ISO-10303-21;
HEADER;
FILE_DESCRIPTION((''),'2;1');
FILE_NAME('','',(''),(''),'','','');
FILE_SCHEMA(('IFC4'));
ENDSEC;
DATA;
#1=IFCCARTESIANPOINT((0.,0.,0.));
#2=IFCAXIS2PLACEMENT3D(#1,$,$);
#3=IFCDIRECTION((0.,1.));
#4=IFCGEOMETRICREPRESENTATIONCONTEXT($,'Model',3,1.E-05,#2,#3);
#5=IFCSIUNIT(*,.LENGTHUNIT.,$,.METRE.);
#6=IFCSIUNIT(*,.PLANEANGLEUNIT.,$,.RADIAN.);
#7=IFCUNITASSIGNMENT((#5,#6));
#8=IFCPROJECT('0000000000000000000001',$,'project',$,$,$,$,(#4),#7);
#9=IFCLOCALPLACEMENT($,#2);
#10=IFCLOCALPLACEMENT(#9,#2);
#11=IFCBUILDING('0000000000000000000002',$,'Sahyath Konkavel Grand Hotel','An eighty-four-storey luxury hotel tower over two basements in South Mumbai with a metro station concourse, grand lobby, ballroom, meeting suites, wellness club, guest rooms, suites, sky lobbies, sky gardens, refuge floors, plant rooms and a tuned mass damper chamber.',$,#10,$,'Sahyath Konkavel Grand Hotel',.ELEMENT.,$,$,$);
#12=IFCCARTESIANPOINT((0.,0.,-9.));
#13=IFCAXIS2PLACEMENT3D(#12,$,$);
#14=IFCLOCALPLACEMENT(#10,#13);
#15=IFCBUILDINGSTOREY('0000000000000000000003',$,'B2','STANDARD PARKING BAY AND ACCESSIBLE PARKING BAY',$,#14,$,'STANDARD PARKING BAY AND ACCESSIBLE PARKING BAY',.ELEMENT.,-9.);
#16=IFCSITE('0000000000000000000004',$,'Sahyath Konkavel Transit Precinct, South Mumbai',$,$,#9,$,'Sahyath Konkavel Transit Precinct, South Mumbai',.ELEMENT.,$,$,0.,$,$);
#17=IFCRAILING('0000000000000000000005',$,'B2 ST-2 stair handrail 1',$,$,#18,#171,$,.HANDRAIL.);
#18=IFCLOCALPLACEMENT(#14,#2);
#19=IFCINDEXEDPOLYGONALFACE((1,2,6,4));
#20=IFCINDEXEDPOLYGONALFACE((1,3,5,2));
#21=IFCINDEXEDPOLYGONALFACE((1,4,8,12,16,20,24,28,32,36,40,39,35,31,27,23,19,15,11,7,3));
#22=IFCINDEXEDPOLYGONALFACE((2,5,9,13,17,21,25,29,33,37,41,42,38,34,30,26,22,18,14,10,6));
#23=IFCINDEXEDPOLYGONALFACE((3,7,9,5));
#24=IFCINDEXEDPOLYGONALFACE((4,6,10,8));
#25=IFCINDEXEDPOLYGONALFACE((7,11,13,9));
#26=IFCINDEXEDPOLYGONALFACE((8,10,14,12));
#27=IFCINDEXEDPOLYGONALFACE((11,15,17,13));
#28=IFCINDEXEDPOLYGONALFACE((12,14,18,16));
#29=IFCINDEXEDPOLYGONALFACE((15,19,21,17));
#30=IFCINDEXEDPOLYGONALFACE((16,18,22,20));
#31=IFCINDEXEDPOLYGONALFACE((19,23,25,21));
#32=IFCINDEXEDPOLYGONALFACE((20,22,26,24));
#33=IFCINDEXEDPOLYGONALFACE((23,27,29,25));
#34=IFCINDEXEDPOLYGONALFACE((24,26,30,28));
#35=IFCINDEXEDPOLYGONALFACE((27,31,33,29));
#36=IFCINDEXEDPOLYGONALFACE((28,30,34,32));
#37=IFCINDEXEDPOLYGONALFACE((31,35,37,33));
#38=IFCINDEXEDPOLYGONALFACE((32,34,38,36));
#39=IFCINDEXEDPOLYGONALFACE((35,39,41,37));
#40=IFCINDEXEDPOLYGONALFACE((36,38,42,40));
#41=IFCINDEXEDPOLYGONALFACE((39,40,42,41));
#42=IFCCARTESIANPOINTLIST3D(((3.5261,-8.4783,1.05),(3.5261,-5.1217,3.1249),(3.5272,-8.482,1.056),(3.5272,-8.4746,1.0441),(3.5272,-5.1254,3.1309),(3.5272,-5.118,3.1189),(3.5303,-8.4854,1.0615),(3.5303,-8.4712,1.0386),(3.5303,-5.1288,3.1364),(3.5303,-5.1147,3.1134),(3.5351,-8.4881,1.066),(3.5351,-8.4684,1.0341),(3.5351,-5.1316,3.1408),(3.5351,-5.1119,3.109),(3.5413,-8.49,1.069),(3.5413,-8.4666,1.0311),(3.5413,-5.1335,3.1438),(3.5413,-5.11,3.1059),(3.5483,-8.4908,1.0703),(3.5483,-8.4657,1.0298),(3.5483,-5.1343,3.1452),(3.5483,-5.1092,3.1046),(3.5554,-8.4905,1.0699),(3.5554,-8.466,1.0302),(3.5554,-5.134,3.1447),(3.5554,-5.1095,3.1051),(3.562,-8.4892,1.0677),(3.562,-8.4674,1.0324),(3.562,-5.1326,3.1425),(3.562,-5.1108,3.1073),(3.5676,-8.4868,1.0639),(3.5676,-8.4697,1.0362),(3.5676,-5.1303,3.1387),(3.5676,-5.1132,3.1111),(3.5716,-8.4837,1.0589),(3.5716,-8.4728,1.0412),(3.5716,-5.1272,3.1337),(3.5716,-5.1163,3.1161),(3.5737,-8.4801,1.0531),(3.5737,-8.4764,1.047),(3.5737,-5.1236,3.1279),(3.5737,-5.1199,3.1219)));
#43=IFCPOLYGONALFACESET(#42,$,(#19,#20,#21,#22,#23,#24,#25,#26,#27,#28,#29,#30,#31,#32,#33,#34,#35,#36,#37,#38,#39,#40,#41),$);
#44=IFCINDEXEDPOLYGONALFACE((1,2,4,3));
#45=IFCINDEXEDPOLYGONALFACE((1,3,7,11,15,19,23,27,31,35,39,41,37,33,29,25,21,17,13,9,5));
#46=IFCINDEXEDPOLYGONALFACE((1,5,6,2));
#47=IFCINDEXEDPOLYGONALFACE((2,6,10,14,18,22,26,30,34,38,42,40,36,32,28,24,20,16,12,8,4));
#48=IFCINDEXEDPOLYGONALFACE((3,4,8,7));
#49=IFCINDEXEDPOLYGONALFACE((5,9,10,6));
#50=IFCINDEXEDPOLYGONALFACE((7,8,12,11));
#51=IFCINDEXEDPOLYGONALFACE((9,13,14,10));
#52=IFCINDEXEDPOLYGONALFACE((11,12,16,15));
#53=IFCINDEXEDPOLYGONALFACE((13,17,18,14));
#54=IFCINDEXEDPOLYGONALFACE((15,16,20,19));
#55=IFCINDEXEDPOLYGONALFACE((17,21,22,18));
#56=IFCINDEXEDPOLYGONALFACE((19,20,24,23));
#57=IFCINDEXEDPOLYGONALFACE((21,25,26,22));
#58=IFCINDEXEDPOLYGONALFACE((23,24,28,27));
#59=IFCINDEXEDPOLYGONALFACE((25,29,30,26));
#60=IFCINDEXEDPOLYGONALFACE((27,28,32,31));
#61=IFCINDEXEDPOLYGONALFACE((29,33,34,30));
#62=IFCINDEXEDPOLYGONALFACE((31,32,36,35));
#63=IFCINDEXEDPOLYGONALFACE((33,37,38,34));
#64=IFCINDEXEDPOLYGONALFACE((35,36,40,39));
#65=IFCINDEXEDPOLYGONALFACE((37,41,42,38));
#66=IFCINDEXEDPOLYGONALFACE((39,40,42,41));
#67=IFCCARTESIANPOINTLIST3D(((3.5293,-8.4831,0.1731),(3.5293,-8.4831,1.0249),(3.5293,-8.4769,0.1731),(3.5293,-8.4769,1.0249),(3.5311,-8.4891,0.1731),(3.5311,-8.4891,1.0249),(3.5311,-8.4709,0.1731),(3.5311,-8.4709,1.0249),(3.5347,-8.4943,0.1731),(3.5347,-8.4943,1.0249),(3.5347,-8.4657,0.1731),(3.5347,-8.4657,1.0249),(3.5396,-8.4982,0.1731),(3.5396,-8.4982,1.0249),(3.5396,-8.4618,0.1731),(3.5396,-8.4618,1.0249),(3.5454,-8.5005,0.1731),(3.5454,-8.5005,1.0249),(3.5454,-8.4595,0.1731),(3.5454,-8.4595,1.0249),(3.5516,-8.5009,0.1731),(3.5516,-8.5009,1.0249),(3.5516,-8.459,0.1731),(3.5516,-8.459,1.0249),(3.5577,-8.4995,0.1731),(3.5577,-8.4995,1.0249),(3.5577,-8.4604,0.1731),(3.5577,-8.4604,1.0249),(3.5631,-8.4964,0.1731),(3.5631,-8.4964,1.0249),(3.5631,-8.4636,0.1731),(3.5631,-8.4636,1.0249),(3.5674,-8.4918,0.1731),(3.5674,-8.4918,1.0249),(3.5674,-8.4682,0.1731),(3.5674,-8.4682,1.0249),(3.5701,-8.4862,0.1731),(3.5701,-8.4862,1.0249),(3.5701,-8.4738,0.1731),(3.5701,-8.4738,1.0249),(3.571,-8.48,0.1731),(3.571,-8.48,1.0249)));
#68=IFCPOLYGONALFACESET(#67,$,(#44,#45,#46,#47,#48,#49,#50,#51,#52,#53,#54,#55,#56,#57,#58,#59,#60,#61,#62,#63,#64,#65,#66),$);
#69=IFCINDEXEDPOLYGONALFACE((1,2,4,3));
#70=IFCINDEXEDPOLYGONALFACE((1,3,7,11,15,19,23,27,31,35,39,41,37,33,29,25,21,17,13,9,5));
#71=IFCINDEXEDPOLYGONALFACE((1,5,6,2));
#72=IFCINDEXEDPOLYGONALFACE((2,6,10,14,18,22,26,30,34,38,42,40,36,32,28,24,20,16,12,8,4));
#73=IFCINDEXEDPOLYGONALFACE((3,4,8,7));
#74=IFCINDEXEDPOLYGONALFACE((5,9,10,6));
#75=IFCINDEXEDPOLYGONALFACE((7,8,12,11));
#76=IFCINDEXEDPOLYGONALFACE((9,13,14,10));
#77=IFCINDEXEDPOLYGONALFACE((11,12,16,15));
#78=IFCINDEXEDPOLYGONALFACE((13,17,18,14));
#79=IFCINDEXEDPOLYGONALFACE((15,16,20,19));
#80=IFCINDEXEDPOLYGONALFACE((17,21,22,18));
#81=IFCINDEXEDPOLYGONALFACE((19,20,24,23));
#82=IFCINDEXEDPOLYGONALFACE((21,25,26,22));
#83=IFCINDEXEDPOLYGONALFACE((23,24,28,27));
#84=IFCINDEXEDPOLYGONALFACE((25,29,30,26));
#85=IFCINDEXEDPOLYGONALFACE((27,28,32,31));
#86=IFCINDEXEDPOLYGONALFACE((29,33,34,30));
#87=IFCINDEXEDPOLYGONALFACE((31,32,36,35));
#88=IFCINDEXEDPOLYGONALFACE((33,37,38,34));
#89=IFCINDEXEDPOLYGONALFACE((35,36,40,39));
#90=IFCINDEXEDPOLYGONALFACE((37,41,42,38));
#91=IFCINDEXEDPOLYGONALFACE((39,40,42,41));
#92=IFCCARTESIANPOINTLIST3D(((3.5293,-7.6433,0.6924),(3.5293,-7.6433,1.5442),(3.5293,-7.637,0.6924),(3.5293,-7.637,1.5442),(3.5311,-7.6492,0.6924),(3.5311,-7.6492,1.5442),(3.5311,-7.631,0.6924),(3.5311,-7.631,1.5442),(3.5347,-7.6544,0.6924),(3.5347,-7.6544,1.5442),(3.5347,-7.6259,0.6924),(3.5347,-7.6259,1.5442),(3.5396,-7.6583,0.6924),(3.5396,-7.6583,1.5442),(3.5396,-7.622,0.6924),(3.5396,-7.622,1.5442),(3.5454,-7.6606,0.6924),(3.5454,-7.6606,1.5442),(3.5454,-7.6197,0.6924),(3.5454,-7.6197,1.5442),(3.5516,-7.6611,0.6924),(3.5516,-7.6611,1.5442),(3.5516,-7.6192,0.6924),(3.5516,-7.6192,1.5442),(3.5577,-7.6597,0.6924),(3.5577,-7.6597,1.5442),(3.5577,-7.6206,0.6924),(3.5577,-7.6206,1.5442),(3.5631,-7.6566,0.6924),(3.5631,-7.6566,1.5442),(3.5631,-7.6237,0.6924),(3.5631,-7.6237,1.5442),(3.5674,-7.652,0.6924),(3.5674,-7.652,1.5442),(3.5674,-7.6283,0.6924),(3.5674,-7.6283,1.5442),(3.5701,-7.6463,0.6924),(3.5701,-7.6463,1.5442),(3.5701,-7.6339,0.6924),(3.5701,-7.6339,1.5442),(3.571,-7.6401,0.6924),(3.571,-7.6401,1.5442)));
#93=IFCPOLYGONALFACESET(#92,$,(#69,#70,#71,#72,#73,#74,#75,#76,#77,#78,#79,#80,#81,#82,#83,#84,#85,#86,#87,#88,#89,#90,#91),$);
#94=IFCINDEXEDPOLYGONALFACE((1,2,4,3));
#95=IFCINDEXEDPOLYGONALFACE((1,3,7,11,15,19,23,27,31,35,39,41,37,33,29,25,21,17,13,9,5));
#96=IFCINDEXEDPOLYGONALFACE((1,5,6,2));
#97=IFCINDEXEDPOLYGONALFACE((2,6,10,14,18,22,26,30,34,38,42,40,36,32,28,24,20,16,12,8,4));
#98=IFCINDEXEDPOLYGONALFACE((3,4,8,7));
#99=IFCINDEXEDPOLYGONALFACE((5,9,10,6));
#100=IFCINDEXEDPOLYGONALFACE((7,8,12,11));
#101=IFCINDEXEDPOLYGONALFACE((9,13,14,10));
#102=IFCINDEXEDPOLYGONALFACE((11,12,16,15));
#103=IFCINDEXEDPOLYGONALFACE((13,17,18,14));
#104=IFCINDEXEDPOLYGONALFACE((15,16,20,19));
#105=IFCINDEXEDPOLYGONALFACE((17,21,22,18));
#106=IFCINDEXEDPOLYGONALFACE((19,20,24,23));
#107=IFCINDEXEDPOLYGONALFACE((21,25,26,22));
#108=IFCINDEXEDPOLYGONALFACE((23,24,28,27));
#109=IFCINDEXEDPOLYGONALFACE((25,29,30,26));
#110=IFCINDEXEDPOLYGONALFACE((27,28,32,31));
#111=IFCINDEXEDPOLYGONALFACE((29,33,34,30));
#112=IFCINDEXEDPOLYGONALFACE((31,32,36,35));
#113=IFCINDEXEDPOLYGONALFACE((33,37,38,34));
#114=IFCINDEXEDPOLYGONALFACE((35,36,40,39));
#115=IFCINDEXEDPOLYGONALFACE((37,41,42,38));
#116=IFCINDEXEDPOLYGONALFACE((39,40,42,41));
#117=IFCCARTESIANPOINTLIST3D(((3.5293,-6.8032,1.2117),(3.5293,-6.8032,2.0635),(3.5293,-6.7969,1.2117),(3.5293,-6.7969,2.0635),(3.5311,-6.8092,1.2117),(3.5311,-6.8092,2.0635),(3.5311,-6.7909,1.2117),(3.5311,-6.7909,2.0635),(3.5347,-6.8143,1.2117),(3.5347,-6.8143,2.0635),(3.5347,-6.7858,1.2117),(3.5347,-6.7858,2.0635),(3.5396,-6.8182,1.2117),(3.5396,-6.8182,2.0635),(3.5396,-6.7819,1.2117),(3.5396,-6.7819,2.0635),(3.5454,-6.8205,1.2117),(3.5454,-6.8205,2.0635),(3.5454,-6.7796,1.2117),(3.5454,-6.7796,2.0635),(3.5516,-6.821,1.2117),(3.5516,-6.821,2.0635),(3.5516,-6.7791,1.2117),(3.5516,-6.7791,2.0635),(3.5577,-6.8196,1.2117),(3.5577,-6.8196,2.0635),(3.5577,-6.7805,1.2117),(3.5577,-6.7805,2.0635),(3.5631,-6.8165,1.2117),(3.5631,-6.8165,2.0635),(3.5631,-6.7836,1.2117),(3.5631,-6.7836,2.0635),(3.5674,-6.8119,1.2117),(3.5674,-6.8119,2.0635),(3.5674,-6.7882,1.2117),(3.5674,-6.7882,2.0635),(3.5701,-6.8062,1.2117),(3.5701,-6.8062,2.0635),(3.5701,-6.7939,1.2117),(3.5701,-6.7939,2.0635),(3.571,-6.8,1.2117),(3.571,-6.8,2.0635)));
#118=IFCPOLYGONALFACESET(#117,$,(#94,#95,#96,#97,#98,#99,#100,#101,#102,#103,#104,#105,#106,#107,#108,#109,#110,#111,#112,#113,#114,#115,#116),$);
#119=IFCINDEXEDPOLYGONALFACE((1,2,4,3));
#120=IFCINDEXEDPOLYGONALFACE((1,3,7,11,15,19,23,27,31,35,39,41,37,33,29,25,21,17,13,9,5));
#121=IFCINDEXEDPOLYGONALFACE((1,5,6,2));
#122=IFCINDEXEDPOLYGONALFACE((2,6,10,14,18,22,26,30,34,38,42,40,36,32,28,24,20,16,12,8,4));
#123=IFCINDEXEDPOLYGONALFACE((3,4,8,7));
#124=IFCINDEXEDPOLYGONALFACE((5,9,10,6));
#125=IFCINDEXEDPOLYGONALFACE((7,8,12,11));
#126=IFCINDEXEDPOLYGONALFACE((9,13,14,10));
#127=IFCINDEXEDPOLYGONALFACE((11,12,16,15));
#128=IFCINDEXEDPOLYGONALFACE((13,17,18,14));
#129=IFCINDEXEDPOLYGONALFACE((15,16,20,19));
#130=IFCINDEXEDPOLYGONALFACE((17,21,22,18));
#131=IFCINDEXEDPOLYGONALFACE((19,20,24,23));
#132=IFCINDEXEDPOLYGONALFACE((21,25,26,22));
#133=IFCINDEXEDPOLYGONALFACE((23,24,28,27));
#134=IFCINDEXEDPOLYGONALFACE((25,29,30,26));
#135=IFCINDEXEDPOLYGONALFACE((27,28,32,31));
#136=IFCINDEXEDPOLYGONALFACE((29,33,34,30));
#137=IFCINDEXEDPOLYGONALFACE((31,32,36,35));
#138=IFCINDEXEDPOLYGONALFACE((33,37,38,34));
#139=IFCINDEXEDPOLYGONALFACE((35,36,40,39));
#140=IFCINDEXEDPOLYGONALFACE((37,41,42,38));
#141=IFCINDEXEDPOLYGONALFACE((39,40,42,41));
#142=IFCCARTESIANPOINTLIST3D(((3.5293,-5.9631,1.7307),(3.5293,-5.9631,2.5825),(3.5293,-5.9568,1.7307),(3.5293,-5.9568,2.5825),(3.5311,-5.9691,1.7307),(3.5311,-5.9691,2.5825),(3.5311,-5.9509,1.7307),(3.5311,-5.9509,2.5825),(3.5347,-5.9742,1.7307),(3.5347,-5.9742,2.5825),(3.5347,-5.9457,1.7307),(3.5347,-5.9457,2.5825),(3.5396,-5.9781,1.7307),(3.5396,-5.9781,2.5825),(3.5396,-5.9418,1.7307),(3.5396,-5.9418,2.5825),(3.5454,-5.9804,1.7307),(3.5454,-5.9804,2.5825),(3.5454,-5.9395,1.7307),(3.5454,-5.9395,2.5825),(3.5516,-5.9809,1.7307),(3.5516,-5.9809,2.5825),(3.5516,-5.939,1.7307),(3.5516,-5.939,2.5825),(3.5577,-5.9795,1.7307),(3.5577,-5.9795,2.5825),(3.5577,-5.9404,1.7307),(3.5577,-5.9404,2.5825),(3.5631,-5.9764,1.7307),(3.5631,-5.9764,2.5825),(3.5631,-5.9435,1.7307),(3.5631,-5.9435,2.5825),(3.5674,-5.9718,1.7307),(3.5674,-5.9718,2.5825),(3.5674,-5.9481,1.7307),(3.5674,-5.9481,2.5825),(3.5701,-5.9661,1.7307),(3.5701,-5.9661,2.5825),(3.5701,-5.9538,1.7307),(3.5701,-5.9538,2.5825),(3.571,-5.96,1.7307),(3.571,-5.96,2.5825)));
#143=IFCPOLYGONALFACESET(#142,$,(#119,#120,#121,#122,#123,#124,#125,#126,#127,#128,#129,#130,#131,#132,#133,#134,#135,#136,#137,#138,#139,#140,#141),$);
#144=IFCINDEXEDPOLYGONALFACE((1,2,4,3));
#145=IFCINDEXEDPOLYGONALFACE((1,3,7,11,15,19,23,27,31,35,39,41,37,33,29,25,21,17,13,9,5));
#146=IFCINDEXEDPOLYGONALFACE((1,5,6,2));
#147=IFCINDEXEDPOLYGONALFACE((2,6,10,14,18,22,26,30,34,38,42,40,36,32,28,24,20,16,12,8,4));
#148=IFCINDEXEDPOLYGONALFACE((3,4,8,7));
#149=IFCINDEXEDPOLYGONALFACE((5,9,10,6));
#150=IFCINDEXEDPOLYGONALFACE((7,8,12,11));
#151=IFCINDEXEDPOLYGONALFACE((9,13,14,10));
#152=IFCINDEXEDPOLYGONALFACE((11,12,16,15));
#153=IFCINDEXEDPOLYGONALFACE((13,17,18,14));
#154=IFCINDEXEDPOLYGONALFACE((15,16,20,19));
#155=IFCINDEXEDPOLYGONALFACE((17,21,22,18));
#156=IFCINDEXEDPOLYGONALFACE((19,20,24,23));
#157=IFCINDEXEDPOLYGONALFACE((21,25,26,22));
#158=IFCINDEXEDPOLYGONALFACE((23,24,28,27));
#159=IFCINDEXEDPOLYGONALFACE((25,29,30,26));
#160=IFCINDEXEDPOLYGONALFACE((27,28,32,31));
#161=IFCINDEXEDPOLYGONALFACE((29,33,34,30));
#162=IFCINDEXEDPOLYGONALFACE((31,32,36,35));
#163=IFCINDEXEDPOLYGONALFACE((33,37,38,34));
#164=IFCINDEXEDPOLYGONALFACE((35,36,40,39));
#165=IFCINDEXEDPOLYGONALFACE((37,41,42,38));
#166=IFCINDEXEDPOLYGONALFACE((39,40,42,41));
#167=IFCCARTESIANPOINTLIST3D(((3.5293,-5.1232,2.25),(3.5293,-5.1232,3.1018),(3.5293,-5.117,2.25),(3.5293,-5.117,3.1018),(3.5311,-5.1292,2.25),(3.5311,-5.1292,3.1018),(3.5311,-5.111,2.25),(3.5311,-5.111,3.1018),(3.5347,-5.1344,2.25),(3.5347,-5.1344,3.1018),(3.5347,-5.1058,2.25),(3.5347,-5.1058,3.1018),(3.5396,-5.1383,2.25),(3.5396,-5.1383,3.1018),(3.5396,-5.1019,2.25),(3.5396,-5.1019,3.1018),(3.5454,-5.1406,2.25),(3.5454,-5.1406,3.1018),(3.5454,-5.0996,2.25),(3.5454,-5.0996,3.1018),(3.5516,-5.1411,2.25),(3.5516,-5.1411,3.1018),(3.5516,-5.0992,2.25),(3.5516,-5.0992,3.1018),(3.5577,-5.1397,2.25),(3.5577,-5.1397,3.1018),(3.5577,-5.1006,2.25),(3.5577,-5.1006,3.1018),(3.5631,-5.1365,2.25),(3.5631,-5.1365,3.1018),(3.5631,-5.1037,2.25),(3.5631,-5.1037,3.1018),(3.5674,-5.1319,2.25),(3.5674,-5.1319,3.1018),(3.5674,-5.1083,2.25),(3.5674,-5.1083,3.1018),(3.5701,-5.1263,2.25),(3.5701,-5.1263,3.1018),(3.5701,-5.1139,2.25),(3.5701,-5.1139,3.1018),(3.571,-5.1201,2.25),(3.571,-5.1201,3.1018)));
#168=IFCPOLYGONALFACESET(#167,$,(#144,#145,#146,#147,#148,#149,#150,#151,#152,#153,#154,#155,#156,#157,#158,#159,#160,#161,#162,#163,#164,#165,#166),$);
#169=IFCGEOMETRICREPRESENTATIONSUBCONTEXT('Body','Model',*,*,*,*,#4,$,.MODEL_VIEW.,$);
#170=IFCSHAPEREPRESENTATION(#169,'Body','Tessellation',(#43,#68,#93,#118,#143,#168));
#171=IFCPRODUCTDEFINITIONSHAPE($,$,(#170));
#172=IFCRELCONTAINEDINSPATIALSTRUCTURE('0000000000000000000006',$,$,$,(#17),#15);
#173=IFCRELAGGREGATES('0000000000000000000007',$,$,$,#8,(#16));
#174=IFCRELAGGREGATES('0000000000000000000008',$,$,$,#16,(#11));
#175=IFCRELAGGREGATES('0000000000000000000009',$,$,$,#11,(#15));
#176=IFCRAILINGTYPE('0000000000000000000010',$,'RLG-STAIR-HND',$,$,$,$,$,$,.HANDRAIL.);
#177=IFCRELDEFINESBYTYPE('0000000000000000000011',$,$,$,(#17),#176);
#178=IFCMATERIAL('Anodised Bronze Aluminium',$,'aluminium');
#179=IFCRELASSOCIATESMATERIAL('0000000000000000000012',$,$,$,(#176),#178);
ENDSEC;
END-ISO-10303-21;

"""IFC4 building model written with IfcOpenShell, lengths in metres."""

from ifc_helpers import new_model, si_unit, direction, frame, origin, origin_2d, place, context, subcontext, project, spatial, circle, extrude, material, type_object, element, save


model = new_model("IFC4")

# Units and contexts
model_context = context("Model", 3, precision=1e-05, world=origin(), true_north=direction((0.0, 1.0)))
body_context = subcontext(model_context, "Body", "Model", "MODEL_VIEW")
ifc_project = project(units=[si_unit("LENGTHUNIT", "METRE"), si_unit("PLANEANGLEUNIT", "RADIAN")], contexts=[model_context])

# Site, building, storey
site_placement = place(None, origin())
site = spatial("IfcSite", under=ifc_project, at=site_placement, Name="Sahyath Konkavel Transit Precinct, South Mumbai", LongName="Sahyath Konkavel Transit Precinct, South Mumbai", CompositionType="ELEMENT", RefElevation=0.0)
building_placement = place(site_placement, origin())
building = spatial("IfcBuilding", under=site, at=building_placement, Name="Sahyath Konkavel Grand Hotel", Description="An eighty-four-storey luxury hotel tower over two basements in South Mumbai with a metro station concourse, grand lobby, ballroom, meeting suites, wellness club, guest rooms, suites, sky lobbies, sky gardens, refuge floors, plant rooms and a tuned mass damper chamber.", LongName="Sahyath Konkavel Grand Hotel", CompositionType="ELEMENT")
storey_placement = place(building_placement, frame((0.0, 0.0, -9.0)))
storey = spatial("IfcBuildingStorey", under=building, at=storey_placement, Name="B2", Description="STANDARD PARKING BAY AND ACCESSIBLE PARKING BAY", LongName="STANDARD PARKING BAY AND ACCESSIBLE PARKING BAY", CompositionType="ELEMENT", Elevation=-9.0)

# Railing
ifc_material_1 = material(Name="Anodised Bronze Aluminium", Category="aluminium")
railing_type_1 = type_object("IfcRailingType", Name="RLG-STAIR-HND", PredefinedType="HANDRAIL", material=ifc_material_1)
railing_1_placement = place(storey_placement, frame((3.55, -8.48, 0.1731)))
element("IfcRailing", 1, at=railing_1_placement, inside=storey, type_object=railing_type_1, Name="B2 ST-2 stair handrail 1", PredefinedType="HANDRAIL", context=body_context, shape_type="SweptSolid", body=[
    extrude(circle(Radius=0.0239, at=origin_2d()), frame((0.0, 0.0017, 0.877), z_axis=(0.0, 0.850606, 0.525803), x_axis=(-1.0, 0.0, 0.0)), (0.0, 0.0, 1.0), 3.946),
    extrude(circle(Radius=0.021, at=origin_2d()), origin(), (0.0, 0.0, 1.0), 0.8518),
    extrude(circle(Radius=0.021, at=origin_2d()), frame((0.0, 0.8398, 0.5193)), (0.0, 0.0, 1.0), 0.8518),
    extrude(circle(Radius=0.021, at=origin_2d()), frame((0.0, 1.6799, 1.0386)), (0.0, 0.0, 1.0), 0.8518),
    extrude(circle(Radius=0.021, at=origin_2d()), frame((0.0, 2.52, 1.5576)), (0.0, 0.0, 1.0), 0.8518),
    extrude(circle(Radius=0.021, at=origin_2d()), frame((0.0, 3.3599, 2.0769)), (0.0, 0.0, 1.0), 0.8518),
])

save(model, "model.ifc")
